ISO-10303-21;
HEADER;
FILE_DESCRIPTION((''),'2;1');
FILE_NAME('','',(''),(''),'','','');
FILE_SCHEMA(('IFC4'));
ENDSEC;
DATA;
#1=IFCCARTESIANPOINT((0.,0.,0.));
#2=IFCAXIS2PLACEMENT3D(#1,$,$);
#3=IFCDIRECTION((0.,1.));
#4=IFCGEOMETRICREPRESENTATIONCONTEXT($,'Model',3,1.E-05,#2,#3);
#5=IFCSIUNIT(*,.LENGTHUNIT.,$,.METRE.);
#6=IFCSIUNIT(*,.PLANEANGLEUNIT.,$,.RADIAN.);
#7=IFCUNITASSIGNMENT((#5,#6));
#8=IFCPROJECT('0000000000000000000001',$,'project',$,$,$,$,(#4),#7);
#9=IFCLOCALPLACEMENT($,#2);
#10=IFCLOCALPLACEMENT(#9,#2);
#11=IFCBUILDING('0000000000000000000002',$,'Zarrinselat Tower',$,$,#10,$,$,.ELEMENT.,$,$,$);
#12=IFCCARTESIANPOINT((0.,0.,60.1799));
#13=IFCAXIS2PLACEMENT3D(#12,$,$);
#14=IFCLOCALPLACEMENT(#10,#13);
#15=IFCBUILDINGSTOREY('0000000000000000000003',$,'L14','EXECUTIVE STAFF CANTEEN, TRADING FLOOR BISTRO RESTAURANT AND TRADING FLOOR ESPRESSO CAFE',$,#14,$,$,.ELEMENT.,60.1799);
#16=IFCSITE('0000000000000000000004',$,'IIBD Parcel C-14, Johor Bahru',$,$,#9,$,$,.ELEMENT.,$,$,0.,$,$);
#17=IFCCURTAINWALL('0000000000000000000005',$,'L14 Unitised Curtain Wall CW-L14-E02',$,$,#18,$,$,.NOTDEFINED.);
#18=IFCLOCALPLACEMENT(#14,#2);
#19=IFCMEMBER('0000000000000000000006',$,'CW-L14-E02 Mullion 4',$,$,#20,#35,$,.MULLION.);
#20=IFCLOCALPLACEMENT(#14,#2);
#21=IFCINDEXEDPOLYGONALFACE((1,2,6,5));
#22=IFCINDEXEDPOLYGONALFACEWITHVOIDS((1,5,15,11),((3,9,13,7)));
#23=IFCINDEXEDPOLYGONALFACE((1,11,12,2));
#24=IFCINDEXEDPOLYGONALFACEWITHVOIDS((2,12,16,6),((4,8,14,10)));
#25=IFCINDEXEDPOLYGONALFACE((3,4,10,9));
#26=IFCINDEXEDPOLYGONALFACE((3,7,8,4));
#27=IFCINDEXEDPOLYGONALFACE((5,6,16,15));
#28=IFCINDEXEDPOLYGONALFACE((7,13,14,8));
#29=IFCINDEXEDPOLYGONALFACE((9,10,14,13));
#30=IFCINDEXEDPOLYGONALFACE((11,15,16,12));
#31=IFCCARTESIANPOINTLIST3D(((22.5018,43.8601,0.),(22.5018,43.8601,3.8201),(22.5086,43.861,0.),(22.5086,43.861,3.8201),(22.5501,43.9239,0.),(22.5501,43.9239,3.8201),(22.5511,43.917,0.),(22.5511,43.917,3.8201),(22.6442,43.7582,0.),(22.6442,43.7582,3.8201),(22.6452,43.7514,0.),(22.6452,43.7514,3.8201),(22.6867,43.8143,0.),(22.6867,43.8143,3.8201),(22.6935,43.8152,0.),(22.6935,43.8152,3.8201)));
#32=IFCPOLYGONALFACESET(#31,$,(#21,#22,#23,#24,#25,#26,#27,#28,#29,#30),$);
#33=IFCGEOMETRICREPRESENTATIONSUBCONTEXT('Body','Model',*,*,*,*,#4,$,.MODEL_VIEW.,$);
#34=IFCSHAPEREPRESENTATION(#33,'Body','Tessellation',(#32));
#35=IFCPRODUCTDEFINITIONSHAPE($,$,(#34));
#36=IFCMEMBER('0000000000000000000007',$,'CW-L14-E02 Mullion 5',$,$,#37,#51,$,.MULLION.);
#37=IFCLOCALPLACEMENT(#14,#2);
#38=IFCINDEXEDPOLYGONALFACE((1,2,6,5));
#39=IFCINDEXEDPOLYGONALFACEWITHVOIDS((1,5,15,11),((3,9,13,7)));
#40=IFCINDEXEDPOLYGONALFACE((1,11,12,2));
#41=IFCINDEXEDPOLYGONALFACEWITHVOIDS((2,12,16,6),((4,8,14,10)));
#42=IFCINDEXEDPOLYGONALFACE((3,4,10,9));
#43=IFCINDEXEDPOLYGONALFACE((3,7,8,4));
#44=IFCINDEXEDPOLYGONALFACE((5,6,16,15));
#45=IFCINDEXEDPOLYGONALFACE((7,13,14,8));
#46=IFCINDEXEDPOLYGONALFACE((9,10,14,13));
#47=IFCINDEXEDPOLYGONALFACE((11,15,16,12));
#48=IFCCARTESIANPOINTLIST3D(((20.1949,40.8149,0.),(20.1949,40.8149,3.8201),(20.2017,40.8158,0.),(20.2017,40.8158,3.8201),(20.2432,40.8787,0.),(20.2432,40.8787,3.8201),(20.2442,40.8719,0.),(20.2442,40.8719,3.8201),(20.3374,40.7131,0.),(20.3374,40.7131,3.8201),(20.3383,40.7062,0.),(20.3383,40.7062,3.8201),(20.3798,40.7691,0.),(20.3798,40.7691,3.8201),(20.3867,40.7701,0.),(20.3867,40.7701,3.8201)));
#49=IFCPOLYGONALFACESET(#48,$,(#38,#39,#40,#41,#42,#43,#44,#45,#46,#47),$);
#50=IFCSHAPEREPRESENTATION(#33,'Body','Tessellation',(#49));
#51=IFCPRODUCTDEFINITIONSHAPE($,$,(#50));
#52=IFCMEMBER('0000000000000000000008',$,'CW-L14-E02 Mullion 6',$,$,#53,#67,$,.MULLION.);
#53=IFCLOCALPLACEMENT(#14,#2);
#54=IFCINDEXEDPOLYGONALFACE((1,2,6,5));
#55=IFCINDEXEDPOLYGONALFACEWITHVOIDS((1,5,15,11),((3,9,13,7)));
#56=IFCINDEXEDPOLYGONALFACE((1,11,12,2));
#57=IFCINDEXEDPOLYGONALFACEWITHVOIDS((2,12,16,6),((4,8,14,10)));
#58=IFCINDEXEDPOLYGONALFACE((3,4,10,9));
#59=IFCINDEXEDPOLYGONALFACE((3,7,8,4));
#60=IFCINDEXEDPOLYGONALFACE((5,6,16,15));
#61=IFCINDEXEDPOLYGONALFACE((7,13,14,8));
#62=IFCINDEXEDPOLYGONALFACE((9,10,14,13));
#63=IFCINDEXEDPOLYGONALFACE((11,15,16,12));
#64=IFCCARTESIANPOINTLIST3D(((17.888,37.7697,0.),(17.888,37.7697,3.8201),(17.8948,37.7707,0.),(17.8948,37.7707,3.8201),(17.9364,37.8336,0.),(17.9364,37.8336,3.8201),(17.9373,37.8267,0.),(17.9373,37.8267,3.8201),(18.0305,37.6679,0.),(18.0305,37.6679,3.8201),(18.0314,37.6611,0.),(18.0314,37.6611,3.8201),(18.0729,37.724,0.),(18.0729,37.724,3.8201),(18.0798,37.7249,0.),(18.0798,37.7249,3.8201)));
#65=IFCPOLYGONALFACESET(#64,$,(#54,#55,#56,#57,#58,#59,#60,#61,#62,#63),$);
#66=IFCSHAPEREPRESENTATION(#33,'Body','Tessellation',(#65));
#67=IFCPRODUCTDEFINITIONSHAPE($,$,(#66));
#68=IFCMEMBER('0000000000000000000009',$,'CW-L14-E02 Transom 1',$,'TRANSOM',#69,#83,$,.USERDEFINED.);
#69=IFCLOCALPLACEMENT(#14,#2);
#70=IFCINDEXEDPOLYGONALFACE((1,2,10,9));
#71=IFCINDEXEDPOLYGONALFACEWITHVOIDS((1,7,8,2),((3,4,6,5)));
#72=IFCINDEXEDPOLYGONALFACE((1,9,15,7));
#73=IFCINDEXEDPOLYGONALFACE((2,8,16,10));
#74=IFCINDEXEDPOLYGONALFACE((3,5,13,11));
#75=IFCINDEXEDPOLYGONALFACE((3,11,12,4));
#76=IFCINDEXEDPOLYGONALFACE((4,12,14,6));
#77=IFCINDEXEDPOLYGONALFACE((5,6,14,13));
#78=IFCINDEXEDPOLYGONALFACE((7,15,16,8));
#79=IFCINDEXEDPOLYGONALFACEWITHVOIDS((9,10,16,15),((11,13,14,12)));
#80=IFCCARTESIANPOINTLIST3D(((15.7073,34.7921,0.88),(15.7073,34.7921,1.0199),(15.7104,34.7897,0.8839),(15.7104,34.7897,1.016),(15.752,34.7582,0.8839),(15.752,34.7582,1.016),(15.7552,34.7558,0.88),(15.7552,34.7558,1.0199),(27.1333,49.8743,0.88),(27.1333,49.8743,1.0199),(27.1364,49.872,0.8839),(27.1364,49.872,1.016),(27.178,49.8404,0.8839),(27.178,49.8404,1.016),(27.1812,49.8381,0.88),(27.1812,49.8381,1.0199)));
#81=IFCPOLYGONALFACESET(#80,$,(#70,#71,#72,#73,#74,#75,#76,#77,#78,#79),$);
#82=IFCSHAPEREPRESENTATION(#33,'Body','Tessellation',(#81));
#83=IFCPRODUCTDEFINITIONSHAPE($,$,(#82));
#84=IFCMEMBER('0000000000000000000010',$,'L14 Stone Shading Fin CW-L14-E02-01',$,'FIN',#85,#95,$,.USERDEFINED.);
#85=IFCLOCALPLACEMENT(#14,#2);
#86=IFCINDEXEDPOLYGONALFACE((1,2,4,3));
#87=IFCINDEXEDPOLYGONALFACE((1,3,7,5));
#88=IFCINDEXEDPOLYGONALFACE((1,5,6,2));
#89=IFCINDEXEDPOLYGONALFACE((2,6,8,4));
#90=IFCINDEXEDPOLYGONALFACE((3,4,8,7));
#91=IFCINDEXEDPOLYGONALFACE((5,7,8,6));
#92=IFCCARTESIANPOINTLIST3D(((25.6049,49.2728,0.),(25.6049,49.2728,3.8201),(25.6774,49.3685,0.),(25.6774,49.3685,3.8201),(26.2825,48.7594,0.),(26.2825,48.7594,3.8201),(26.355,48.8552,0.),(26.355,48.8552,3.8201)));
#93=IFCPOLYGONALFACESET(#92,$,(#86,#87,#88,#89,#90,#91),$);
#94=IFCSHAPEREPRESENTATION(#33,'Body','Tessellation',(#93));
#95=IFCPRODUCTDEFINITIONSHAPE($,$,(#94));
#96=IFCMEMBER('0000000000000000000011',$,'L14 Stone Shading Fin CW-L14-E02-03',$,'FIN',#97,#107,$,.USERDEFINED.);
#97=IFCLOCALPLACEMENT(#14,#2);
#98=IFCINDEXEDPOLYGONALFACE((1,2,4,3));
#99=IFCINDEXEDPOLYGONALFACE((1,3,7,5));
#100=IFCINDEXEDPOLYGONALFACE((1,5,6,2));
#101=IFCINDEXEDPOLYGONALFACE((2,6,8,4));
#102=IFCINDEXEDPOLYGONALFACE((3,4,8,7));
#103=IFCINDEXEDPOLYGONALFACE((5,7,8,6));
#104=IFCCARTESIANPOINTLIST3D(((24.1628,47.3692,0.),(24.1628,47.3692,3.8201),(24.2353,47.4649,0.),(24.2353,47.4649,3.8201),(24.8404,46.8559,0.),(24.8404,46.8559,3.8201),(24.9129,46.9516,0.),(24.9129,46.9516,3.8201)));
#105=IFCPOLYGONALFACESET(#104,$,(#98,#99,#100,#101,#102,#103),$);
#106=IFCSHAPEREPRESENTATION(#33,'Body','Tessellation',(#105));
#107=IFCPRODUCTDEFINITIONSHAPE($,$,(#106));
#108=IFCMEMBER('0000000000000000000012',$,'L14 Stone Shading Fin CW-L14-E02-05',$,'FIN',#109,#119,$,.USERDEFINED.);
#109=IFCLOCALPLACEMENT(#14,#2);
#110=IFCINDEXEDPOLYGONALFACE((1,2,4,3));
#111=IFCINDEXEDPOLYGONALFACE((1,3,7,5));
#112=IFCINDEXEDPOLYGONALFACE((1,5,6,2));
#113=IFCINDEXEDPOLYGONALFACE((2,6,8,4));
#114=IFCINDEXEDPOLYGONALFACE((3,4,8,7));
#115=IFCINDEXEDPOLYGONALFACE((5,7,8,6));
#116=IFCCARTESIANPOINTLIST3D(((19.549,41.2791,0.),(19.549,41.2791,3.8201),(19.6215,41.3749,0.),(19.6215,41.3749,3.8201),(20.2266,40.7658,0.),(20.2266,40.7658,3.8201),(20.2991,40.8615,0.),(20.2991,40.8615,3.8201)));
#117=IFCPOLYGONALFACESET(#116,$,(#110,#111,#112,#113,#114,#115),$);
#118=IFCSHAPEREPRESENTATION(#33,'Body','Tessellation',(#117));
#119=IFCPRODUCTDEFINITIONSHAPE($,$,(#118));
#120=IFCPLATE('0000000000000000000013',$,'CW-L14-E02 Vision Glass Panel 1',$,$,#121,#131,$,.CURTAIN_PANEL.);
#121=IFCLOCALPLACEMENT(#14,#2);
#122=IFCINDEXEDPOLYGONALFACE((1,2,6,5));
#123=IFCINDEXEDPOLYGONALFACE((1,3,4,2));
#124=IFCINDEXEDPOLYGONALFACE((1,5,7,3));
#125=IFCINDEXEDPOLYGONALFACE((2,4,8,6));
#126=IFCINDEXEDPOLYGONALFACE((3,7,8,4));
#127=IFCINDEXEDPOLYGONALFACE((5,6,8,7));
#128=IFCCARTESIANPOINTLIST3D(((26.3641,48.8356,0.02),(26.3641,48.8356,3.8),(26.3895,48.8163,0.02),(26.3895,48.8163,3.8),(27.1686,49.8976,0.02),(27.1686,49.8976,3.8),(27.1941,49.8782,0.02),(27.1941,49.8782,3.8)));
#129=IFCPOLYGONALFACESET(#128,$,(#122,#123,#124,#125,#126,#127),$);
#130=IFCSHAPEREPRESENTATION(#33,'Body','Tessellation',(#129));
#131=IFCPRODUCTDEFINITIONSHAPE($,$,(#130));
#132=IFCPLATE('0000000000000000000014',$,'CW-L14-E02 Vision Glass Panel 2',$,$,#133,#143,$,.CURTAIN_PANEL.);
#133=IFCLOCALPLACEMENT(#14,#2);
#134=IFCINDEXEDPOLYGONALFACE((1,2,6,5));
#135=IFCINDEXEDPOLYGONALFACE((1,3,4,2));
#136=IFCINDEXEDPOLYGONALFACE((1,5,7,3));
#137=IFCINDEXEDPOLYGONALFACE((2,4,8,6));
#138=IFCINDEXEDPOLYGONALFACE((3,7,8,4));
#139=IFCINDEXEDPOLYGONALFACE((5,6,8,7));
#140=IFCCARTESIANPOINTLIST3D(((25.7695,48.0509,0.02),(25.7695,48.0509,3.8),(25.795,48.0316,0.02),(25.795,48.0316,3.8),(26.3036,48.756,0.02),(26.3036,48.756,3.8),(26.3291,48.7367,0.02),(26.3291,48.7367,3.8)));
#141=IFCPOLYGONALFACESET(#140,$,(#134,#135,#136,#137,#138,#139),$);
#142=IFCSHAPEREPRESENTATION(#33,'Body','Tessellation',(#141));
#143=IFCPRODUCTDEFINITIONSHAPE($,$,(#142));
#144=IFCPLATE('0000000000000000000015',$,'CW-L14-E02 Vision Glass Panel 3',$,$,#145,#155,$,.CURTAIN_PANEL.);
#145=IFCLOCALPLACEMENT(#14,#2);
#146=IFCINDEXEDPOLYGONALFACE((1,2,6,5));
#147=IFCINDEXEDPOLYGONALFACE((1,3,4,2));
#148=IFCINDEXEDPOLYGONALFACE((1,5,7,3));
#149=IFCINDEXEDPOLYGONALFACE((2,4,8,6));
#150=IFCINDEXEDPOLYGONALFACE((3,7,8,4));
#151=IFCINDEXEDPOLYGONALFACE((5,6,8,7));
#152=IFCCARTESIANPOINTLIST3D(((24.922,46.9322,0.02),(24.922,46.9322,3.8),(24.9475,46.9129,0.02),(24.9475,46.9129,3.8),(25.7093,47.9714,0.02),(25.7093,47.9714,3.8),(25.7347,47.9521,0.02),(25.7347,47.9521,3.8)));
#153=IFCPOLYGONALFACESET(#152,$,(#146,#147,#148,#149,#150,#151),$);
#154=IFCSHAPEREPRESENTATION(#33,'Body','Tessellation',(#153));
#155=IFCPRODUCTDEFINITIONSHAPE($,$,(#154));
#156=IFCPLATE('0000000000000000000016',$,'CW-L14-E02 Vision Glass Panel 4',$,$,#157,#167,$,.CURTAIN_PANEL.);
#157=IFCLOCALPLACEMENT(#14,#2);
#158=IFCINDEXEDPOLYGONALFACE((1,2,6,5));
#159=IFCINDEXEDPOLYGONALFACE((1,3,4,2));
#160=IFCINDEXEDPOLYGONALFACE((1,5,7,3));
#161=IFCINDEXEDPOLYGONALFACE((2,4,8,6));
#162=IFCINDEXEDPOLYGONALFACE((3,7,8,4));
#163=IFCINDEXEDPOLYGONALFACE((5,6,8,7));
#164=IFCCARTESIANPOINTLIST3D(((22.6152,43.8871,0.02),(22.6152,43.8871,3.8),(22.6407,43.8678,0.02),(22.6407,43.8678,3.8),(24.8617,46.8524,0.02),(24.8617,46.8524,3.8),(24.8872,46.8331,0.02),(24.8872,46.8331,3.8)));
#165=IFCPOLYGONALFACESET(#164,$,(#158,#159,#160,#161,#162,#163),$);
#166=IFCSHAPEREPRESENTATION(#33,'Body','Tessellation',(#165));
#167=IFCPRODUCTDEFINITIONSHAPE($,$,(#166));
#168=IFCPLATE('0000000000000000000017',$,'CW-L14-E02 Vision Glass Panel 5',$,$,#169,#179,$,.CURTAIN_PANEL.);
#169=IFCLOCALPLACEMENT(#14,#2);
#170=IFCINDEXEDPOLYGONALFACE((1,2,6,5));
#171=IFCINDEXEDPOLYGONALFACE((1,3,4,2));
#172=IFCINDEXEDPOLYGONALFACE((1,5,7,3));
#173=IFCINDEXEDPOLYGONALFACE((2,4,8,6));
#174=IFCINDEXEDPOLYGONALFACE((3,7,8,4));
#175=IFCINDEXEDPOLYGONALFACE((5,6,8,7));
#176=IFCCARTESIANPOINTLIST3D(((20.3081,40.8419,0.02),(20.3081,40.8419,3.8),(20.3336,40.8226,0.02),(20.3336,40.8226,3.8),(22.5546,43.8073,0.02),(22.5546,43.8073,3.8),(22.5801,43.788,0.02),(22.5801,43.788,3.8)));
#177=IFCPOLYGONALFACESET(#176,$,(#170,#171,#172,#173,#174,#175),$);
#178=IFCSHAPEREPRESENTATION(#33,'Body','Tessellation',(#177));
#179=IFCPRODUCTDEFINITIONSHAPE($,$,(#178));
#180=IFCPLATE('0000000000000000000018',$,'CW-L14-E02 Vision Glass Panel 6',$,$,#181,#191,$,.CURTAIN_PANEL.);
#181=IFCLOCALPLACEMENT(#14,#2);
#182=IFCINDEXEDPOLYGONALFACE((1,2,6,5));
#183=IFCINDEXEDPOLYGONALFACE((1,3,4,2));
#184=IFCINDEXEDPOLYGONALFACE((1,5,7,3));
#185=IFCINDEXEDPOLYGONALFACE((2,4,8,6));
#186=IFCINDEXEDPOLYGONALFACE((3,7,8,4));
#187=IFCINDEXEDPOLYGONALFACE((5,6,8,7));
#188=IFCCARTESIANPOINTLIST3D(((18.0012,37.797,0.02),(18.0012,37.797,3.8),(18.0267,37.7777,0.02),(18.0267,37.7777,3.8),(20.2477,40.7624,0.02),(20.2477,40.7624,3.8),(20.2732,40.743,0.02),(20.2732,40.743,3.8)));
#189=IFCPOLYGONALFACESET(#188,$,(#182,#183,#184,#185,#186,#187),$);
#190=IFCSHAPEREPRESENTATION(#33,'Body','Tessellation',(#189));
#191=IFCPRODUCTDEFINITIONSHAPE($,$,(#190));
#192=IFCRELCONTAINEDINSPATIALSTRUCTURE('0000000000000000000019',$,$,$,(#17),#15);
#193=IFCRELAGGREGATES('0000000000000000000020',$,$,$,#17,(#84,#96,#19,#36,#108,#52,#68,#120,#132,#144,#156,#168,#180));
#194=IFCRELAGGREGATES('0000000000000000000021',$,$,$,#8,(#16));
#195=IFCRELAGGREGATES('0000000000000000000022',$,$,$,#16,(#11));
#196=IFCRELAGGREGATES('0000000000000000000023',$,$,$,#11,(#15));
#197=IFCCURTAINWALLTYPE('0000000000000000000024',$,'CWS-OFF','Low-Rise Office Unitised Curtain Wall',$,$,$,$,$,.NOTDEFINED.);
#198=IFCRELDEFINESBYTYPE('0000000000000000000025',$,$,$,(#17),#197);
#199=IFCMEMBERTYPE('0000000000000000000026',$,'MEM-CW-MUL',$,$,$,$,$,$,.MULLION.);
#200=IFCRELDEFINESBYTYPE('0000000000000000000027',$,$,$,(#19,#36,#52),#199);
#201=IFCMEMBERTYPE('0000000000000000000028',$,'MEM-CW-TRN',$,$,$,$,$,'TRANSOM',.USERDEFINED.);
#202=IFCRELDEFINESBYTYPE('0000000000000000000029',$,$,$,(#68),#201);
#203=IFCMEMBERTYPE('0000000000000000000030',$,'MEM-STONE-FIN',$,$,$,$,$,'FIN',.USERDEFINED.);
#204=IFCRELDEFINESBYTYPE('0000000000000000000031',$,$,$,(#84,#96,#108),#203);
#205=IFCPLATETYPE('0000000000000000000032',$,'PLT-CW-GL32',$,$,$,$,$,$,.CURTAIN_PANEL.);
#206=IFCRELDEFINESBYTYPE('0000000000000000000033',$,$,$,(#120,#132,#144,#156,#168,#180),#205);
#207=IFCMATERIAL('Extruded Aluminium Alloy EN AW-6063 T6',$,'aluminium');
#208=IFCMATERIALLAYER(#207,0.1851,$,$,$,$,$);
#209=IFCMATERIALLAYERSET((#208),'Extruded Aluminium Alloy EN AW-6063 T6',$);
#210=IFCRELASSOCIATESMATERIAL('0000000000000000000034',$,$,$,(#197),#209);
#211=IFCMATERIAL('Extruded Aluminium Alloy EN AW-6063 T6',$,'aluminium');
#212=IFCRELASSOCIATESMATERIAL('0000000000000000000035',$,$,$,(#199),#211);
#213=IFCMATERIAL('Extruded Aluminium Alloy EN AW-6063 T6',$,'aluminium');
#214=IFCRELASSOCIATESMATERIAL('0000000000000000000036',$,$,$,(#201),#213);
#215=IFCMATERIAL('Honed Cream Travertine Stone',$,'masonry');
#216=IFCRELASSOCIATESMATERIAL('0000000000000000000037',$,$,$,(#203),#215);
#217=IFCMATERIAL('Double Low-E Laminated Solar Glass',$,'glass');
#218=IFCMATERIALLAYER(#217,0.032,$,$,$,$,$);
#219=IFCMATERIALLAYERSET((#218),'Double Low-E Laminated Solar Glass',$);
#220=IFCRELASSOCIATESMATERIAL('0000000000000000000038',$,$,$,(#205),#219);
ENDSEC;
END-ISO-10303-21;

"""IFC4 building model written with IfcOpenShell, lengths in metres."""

from ifc_helpers import new_model, si_unit, direction, frame, origin, origin_2d, place, context, subcontext, project, spatial, rectangle, hollow_rectangle, extrude, material, layer, layer_set, material_profile, profile_set, type_object, element, aggregate, save


model = new_model("IFC4")

# Units and contexts
model_context = context("Model", 3, precision=1e-05, world=origin(), true_north=direction((0.0, 1.0)))
body_context = subcontext(model_context, "Body", "Model", "MODEL_VIEW")
ifc_project = project(units=[si_unit("LENGTHUNIT", "METRE"), si_unit("PLANEANGLEUNIT", "RADIAN")], contexts=[model_context])

# Site, building, storey
site_placement = place(None, origin())
site = spatial("IfcSite", under=ifc_project, at=site_placement, Name="IIBD Parcel C-14, Johor Bahru", CompositionType="ELEMENT", RefElevation=0.0)
building_placement = place(site_placement, origin())
building = spatial("IfcBuilding", under=site, at=building_placement, Name="Zarrinselat Tower", CompositionType="ELEMENT")
storey_placement = place(building_placement, frame((0.0, 0.0, 60.1799)))
storey = spatial("IfcBuildingStorey", under=building, at=storey_placement, Name="L14", Description="EXECUTIVE STAFF CANTEEN, TRADING FLOOR BISTRO RESTAURANT AND TRADING FLOOR ESPRESSO CAFE", CompositionType="ELEMENT", Elevation=60.1799)

# Shared definitions
ifc_material_1 = material(Name="Extruded Aluminium Alloy EN AW-6063 T6", Category="aluminium")
ifc_layer_1 = layer(ifc_material_1, 0.1851)
ifc_layer_set_1 = layer_set([ifc_layer_1], Name="Extruded Aluminium Alloy EN AW-6063 T6")
curtain_wall_type = type_object("IfcCurtainWallType", Name="CWS-OFF", Description="Low-Rise Office Unitised Curtain Wall", PredefinedType="NOTDEFINED", material=ifc_layer_set_1)
ifc_material_2 = material(Name="Extruded Aluminium Alloy EN AW-6063 T6", Category="aluminium")
ifc_material_profile_1 = material_profile(ifc_material_2, hollow_rectangle(XDim=0.0801, YDim=0.1799, WallThickness=0.0049, at=origin_2d()), Name="RHS 180x80x5")
ifc_profile_set_1 = profile_set([ifc_material_profile_1], Name="Extruded Aluminium Alloy EN AW-6063 T6")
member_type_1 = type_object("IfcMemberType", Name="MEM-CW-MUL", PredefinedType="MULLION", material=ifc_profile_set_1)

# Curtain wall, members, plates
curtain_wall_1_placement = place(storey_placement, origin())
curtain_wall_1 = element("IfcCurtainWall", 1, at=curtain_wall_1_placement, inside=storey, type_object=curtain_wall_type, Name="L14 Unitised Curtain Wall CW-L14-E02", PredefinedType="NOTDEFINED")
member_1_placement = place(storey_placement, frame((22.5977, 43.8376, 0.0), z_axis=(0.0, 0.0, 1.0), x_axis=(-0.60386, -0.797091, 0.0)))
member_1 = element("IfcMember", 2, at=member_1_placement, type_object=member_type_1, Name="CW-L14-E02 Mullion 4", PredefinedType="MULLION", context=body_context, shape_type="SweptSolid", body=[
    extrude(hollow_rectangle(XDim=0.0801, YDim=0.1799, WallThickness=0.0049, at=origin_2d()), origin(), (0.0, 0.0, 1.0), 3.8201),
])
member_2_placement = place(storey_placement, frame((20.2908, 40.7925, 0.0), z_axis=(0.0, 0.0, 1.0), x_axis=(-0.60386, -0.797091, 0.0)))
member_2 = element("IfcMember", 3, at=member_2_placement, type_object=member_type_1, Name="CW-L14-E02 Mullion 5", PredefinedType="MULLION", context=body_context, shape_type="SweptSolid", body=[
    extrude(hollow_rectangle(XDim=0.0801, YDim=0.1799, WallThickness=0.0049, at=origin_2d()), origin(), (0.0, 0.0, 1.0), 3.8201),
])
member_3_placement = place(storey_placement, frame((17.9839, 37.7473, 0.0), z_axis=(0.0, 0.0, 1.0), x_axis=(-0.60386, -0.797091, 0.0)))
member_3 = element("IfcMember", 4, at=member_3_placement, type_object=member_type_1, Name="CW-L14-E02 Mullion 6", PredefinedType="MULLION", context=body_context, shape_type="SweptSolid", body=[
    extrude(hollow_rectangle(XDim=0.0801, YDim=0.1799, WallThickness=0.0049, at=origin_2d()), origin(), (0.0, 0.0, 1.0), 3.8201),
])
ifc_material_3 = material(Name="Extruded Aluminium Alloy EN AW-6063 T6", Category="aluminium")
ifc_material_profile_2 = material_profile(ifc_material_3, hollow_rectangle(XDim=0.0601, YDim=0.1399, WallThickness=0.0039, at=origin_2d()), Name="RHS 140x60x4")
ifc_profile_set_2 = profile_set([ifc_material_profile_2], Name="Extruded Aluminium Alloy EN AW-6063 T6")
member_type_2 = type_object("IfcMemberType", Name="MEM-CW-TRN", ElementType="TRANSOM", PredefinedType="USERDEFINED", material=ifc_profile_set_2)
member_4_placement = place(storey_placement, frame((27.1572, 49.8562, 0.95), z_axis=(-0.60386, -0.797091, 0.0), x_axis=(0.797091, -0.60386, 0.0)))
member_4 = element("IfcMember", 5, at=member_4_placement, type_object=member_type_2, Name="CW-L14-E02 Transom 1", ObjectType="TRANSOM", PredefinedType="USERDEFINED", context=body_context, shape_type="SweptSolid", body=[
    extrude(hollow_rectangle(XDim=0.0601, YDim=0.1399, WallThickness=0.0039, at=origin_2d()), origin(), (0.0, 0.0, 1.0), 18.9216),
])
ifc_material_4 = material(Name="Honed Cream Travertine Stone", Category="masonry")
ifc_material_profile_3 = material_profile(ifc_material_4, rectangle(XDim=0.1201, YDim=0.8501, at=origin_2d()), Name="FIN 850x120")
ifc_profile_set_3 = profile_set([ifc_material_profile_3], Name="Honed Cream Travertine Stone")
member_type_3 = type_object("IfcMemberType", Name="MEM-STONE-FIN", ElementType="FIN", PredefinedType="USERDEFINED", material=ifc_profile_set_3)
member_5_placement = place(storey_placement, frame((25.98, 49.064, 0.0), z_axis=(0.0, 0.0, 1.0), x_axis=(0.60386, 0.797091, 0.0)))
member_5 = element("IfcMember", 6, at=member_5_placement, type_object=member_type_3, Name="L14 Stone Shading Fin CW-L14-E02-01", ObjectType="FIN", PredefinedType="USERDEFINED", context=body_context, shape_type="SweptSolid", body=[
    extrude(rectangle(XDim=0.1201, YDim=0.8501, at=origin_2d()), origin(), (0.0, 0.0, 1.0), 3.8201),
])
member_6_placement = place(storey_placement, frame((24.5378, 47.1604, 0.0), z_axis=(0.0, 0.0, 1.0), x_axis=(0.60386, 0.797091, 0.0)))
member_6 = element("IfcMember", 7, at=member_6_placement, type_object=member_type_3, Name="L14 Stone Shading Fin CW-L14-E02-03", ObjectType="FIN", PredefinedType="USERDEFINED", context=body_context, shape_type="SweptSolid", body=[
    extrude(rectangle(XDim=0.1201, YDim=0.8501, at=origin_2d()), origin(), (0.0, 0.0, 1.0), 3.8201),
])
member_7_placement = place(storey_placement, frame((19.9241, 41.0703, 0.0), z_axis=(0.0, 0.0, 1.0), x_axis=(0.60386, 0.797091, 0.0)))
member_7 = element("IfcMember", 8, at=member_7_placement, type_object=member_type_3, Name="L14 Stone Shading Fin CW-L14-E02-05", ObjectType="FIN", PredefinedType="USERDEFINED", context=body_context, shape_type="SweptSolid", body=[
    extrude(rectangle(XDim=0.1201, YDim=0.8501, at=origin_2d()), origin(), (0.0, 0.0, 1.0), 3.8201),
])
ifc_material_5 = material(Name="Double Low-E Laminated Solar Glass", Category="glass")
ifc_layer_2 = layer(ifc_material_5, 0.032)
ifc_layer_set_2 = layer_set([ifc_layer_2], Name="Double Low-E Laminated Solar Glass")
plate_type = type_object("IfcPlateType", Name="PLT-CW-GL32", PredefinedType="CURTAIN_PANEL", material=ifc_layer_set_2)
plate_1_placement = place(storey_placement, frame((26.7791, 49.3569, 0.02), z_axis=(0.0, 0.0, 1.0), x_axis=(-0.60386, -0.797091, 0.0)))
plate_1 = element("IfcPlate", 9, at=plate_1_placement, type_object=plate_type, Name="CW-L14-E02 Vision Glass Panel 1", PredefinedType="CURTAIN_PANEL", context=body_context, shape_type="SweptSolid", body=[
    extrude(rectangle(XDim=1.3323, YDim=0.032, at=origin_2d()), origin(), (0.0, 0.0, 1.0), 3.78),
])
plate_2_placement = place(storey_placement, frame((26.0493, 48.3938, 0.02), z_axis=(0.0, 0.0, 1.0), x_axis=(-0.60386, -0.797091, 0.0)))
plate_2 = element("IfcPlate", 10, at=plate_2_placement, type_object=plate_type, Name="CW-L14-E02 Vision Glass Panel 2", PredefinedType="CURTAIN_PANEL", context=body_context, shape_type="SweptSolid", body=[
    extrude(rectangle(XDim=0.8845, YDim=0.032, at=origin_2d()), origin(), (0.0, 0.0, 1.0), 3.78),
])
plate_3_placement = place(storey_placement, frame((25.3284, 47.4421, 0.02), z_axis=(0.0, 0.0, 1.0), x_axis=(-0.60386, -0.797091, 0.0)))
plate_3 = element("IfcPlate", 11, at=plate_3_placement, type_object=plate_type, Name="CW-L14-E02 Vision Glass Panel 3", PredefinedType="CURTAIN_PANEL", context=body_context, shape_type="SweptSolid", body=[
    extrude(rectangle(XDim=1.3037, YDim=0.032, at=origin_2d()), origin(), (0.0, 0.0, 1.0), 3.78),
])
plate_4_placement = place(storey_placement, frame((23.7512, 45.3601, 0.02), z_axis=(0.0, 0.0, 1.0), x_axis=(-0.60386, -0.797091, 0.0)))
plate_4 = element("IfcPlate", 12, at=plate_4_placement, type_object=plate_type, Name="CW-L14-E02 Vision Glass Panel 4", PredefinedType="CURTAIN_PANEL", context=body_context, shape_type="SweptSolid", body=[
    extrude(rectangle(XDim=3.7202, YDim=0.032, at=origin_2d()), origin(), (0.0, 0.0, 1.0), 3.78),
])
plate_5_placement = place(storey_placement, frame((21.4441, 42.3149, 0.02), z_axis=(0.0, 0.0, 1.0), x_axis=(-0.60386, -0.797091, 0.0)))
plate_5 = element("IfcPlate", 13, at=plate_5_placement, type_object=plate_type, Name="CW-L14-E02 Vision Glass Panel 5", PredefinedType="CURTAIN_PANEL", context=body_context, shape_type="SweptSolid", body=[
    extrude(rectangle(XDim=3.7202, YDim=0.032, at=origin_2d()), origin(), (0.0, 0.0, 1.0), 3.78),
])
plate_6_placement = place(storey_placement, frame((19.1372, 39.27, 0.02), z_axis=(0.0, 0.0, 1.0), x_axis=(-0.60386, -0.797091, 0.0)))
plate_6 = element("IfcPlate", 14, at=plate_6_placement, type_object=plate_type, Name="CW-L14-E02 Vision Glass Panel 6", PredefinedType="CURTAIN_PANEL", context=body_context, shape_type="SweptSolid", body=[
    extrude(rectangle(XDim=3.7202, YDim=0.032, at=origin_2d()), origin(), (0.0, 0.0, 1.0), 3.78),
])
aggregate(curtain_wall_1, [member_5, member_6, member_1, member_2, member_7, member_3, member_4, plate_1, plate_2, plate_3, plate_4, plate_5, plate_6])

save(model, "model.ifc")
